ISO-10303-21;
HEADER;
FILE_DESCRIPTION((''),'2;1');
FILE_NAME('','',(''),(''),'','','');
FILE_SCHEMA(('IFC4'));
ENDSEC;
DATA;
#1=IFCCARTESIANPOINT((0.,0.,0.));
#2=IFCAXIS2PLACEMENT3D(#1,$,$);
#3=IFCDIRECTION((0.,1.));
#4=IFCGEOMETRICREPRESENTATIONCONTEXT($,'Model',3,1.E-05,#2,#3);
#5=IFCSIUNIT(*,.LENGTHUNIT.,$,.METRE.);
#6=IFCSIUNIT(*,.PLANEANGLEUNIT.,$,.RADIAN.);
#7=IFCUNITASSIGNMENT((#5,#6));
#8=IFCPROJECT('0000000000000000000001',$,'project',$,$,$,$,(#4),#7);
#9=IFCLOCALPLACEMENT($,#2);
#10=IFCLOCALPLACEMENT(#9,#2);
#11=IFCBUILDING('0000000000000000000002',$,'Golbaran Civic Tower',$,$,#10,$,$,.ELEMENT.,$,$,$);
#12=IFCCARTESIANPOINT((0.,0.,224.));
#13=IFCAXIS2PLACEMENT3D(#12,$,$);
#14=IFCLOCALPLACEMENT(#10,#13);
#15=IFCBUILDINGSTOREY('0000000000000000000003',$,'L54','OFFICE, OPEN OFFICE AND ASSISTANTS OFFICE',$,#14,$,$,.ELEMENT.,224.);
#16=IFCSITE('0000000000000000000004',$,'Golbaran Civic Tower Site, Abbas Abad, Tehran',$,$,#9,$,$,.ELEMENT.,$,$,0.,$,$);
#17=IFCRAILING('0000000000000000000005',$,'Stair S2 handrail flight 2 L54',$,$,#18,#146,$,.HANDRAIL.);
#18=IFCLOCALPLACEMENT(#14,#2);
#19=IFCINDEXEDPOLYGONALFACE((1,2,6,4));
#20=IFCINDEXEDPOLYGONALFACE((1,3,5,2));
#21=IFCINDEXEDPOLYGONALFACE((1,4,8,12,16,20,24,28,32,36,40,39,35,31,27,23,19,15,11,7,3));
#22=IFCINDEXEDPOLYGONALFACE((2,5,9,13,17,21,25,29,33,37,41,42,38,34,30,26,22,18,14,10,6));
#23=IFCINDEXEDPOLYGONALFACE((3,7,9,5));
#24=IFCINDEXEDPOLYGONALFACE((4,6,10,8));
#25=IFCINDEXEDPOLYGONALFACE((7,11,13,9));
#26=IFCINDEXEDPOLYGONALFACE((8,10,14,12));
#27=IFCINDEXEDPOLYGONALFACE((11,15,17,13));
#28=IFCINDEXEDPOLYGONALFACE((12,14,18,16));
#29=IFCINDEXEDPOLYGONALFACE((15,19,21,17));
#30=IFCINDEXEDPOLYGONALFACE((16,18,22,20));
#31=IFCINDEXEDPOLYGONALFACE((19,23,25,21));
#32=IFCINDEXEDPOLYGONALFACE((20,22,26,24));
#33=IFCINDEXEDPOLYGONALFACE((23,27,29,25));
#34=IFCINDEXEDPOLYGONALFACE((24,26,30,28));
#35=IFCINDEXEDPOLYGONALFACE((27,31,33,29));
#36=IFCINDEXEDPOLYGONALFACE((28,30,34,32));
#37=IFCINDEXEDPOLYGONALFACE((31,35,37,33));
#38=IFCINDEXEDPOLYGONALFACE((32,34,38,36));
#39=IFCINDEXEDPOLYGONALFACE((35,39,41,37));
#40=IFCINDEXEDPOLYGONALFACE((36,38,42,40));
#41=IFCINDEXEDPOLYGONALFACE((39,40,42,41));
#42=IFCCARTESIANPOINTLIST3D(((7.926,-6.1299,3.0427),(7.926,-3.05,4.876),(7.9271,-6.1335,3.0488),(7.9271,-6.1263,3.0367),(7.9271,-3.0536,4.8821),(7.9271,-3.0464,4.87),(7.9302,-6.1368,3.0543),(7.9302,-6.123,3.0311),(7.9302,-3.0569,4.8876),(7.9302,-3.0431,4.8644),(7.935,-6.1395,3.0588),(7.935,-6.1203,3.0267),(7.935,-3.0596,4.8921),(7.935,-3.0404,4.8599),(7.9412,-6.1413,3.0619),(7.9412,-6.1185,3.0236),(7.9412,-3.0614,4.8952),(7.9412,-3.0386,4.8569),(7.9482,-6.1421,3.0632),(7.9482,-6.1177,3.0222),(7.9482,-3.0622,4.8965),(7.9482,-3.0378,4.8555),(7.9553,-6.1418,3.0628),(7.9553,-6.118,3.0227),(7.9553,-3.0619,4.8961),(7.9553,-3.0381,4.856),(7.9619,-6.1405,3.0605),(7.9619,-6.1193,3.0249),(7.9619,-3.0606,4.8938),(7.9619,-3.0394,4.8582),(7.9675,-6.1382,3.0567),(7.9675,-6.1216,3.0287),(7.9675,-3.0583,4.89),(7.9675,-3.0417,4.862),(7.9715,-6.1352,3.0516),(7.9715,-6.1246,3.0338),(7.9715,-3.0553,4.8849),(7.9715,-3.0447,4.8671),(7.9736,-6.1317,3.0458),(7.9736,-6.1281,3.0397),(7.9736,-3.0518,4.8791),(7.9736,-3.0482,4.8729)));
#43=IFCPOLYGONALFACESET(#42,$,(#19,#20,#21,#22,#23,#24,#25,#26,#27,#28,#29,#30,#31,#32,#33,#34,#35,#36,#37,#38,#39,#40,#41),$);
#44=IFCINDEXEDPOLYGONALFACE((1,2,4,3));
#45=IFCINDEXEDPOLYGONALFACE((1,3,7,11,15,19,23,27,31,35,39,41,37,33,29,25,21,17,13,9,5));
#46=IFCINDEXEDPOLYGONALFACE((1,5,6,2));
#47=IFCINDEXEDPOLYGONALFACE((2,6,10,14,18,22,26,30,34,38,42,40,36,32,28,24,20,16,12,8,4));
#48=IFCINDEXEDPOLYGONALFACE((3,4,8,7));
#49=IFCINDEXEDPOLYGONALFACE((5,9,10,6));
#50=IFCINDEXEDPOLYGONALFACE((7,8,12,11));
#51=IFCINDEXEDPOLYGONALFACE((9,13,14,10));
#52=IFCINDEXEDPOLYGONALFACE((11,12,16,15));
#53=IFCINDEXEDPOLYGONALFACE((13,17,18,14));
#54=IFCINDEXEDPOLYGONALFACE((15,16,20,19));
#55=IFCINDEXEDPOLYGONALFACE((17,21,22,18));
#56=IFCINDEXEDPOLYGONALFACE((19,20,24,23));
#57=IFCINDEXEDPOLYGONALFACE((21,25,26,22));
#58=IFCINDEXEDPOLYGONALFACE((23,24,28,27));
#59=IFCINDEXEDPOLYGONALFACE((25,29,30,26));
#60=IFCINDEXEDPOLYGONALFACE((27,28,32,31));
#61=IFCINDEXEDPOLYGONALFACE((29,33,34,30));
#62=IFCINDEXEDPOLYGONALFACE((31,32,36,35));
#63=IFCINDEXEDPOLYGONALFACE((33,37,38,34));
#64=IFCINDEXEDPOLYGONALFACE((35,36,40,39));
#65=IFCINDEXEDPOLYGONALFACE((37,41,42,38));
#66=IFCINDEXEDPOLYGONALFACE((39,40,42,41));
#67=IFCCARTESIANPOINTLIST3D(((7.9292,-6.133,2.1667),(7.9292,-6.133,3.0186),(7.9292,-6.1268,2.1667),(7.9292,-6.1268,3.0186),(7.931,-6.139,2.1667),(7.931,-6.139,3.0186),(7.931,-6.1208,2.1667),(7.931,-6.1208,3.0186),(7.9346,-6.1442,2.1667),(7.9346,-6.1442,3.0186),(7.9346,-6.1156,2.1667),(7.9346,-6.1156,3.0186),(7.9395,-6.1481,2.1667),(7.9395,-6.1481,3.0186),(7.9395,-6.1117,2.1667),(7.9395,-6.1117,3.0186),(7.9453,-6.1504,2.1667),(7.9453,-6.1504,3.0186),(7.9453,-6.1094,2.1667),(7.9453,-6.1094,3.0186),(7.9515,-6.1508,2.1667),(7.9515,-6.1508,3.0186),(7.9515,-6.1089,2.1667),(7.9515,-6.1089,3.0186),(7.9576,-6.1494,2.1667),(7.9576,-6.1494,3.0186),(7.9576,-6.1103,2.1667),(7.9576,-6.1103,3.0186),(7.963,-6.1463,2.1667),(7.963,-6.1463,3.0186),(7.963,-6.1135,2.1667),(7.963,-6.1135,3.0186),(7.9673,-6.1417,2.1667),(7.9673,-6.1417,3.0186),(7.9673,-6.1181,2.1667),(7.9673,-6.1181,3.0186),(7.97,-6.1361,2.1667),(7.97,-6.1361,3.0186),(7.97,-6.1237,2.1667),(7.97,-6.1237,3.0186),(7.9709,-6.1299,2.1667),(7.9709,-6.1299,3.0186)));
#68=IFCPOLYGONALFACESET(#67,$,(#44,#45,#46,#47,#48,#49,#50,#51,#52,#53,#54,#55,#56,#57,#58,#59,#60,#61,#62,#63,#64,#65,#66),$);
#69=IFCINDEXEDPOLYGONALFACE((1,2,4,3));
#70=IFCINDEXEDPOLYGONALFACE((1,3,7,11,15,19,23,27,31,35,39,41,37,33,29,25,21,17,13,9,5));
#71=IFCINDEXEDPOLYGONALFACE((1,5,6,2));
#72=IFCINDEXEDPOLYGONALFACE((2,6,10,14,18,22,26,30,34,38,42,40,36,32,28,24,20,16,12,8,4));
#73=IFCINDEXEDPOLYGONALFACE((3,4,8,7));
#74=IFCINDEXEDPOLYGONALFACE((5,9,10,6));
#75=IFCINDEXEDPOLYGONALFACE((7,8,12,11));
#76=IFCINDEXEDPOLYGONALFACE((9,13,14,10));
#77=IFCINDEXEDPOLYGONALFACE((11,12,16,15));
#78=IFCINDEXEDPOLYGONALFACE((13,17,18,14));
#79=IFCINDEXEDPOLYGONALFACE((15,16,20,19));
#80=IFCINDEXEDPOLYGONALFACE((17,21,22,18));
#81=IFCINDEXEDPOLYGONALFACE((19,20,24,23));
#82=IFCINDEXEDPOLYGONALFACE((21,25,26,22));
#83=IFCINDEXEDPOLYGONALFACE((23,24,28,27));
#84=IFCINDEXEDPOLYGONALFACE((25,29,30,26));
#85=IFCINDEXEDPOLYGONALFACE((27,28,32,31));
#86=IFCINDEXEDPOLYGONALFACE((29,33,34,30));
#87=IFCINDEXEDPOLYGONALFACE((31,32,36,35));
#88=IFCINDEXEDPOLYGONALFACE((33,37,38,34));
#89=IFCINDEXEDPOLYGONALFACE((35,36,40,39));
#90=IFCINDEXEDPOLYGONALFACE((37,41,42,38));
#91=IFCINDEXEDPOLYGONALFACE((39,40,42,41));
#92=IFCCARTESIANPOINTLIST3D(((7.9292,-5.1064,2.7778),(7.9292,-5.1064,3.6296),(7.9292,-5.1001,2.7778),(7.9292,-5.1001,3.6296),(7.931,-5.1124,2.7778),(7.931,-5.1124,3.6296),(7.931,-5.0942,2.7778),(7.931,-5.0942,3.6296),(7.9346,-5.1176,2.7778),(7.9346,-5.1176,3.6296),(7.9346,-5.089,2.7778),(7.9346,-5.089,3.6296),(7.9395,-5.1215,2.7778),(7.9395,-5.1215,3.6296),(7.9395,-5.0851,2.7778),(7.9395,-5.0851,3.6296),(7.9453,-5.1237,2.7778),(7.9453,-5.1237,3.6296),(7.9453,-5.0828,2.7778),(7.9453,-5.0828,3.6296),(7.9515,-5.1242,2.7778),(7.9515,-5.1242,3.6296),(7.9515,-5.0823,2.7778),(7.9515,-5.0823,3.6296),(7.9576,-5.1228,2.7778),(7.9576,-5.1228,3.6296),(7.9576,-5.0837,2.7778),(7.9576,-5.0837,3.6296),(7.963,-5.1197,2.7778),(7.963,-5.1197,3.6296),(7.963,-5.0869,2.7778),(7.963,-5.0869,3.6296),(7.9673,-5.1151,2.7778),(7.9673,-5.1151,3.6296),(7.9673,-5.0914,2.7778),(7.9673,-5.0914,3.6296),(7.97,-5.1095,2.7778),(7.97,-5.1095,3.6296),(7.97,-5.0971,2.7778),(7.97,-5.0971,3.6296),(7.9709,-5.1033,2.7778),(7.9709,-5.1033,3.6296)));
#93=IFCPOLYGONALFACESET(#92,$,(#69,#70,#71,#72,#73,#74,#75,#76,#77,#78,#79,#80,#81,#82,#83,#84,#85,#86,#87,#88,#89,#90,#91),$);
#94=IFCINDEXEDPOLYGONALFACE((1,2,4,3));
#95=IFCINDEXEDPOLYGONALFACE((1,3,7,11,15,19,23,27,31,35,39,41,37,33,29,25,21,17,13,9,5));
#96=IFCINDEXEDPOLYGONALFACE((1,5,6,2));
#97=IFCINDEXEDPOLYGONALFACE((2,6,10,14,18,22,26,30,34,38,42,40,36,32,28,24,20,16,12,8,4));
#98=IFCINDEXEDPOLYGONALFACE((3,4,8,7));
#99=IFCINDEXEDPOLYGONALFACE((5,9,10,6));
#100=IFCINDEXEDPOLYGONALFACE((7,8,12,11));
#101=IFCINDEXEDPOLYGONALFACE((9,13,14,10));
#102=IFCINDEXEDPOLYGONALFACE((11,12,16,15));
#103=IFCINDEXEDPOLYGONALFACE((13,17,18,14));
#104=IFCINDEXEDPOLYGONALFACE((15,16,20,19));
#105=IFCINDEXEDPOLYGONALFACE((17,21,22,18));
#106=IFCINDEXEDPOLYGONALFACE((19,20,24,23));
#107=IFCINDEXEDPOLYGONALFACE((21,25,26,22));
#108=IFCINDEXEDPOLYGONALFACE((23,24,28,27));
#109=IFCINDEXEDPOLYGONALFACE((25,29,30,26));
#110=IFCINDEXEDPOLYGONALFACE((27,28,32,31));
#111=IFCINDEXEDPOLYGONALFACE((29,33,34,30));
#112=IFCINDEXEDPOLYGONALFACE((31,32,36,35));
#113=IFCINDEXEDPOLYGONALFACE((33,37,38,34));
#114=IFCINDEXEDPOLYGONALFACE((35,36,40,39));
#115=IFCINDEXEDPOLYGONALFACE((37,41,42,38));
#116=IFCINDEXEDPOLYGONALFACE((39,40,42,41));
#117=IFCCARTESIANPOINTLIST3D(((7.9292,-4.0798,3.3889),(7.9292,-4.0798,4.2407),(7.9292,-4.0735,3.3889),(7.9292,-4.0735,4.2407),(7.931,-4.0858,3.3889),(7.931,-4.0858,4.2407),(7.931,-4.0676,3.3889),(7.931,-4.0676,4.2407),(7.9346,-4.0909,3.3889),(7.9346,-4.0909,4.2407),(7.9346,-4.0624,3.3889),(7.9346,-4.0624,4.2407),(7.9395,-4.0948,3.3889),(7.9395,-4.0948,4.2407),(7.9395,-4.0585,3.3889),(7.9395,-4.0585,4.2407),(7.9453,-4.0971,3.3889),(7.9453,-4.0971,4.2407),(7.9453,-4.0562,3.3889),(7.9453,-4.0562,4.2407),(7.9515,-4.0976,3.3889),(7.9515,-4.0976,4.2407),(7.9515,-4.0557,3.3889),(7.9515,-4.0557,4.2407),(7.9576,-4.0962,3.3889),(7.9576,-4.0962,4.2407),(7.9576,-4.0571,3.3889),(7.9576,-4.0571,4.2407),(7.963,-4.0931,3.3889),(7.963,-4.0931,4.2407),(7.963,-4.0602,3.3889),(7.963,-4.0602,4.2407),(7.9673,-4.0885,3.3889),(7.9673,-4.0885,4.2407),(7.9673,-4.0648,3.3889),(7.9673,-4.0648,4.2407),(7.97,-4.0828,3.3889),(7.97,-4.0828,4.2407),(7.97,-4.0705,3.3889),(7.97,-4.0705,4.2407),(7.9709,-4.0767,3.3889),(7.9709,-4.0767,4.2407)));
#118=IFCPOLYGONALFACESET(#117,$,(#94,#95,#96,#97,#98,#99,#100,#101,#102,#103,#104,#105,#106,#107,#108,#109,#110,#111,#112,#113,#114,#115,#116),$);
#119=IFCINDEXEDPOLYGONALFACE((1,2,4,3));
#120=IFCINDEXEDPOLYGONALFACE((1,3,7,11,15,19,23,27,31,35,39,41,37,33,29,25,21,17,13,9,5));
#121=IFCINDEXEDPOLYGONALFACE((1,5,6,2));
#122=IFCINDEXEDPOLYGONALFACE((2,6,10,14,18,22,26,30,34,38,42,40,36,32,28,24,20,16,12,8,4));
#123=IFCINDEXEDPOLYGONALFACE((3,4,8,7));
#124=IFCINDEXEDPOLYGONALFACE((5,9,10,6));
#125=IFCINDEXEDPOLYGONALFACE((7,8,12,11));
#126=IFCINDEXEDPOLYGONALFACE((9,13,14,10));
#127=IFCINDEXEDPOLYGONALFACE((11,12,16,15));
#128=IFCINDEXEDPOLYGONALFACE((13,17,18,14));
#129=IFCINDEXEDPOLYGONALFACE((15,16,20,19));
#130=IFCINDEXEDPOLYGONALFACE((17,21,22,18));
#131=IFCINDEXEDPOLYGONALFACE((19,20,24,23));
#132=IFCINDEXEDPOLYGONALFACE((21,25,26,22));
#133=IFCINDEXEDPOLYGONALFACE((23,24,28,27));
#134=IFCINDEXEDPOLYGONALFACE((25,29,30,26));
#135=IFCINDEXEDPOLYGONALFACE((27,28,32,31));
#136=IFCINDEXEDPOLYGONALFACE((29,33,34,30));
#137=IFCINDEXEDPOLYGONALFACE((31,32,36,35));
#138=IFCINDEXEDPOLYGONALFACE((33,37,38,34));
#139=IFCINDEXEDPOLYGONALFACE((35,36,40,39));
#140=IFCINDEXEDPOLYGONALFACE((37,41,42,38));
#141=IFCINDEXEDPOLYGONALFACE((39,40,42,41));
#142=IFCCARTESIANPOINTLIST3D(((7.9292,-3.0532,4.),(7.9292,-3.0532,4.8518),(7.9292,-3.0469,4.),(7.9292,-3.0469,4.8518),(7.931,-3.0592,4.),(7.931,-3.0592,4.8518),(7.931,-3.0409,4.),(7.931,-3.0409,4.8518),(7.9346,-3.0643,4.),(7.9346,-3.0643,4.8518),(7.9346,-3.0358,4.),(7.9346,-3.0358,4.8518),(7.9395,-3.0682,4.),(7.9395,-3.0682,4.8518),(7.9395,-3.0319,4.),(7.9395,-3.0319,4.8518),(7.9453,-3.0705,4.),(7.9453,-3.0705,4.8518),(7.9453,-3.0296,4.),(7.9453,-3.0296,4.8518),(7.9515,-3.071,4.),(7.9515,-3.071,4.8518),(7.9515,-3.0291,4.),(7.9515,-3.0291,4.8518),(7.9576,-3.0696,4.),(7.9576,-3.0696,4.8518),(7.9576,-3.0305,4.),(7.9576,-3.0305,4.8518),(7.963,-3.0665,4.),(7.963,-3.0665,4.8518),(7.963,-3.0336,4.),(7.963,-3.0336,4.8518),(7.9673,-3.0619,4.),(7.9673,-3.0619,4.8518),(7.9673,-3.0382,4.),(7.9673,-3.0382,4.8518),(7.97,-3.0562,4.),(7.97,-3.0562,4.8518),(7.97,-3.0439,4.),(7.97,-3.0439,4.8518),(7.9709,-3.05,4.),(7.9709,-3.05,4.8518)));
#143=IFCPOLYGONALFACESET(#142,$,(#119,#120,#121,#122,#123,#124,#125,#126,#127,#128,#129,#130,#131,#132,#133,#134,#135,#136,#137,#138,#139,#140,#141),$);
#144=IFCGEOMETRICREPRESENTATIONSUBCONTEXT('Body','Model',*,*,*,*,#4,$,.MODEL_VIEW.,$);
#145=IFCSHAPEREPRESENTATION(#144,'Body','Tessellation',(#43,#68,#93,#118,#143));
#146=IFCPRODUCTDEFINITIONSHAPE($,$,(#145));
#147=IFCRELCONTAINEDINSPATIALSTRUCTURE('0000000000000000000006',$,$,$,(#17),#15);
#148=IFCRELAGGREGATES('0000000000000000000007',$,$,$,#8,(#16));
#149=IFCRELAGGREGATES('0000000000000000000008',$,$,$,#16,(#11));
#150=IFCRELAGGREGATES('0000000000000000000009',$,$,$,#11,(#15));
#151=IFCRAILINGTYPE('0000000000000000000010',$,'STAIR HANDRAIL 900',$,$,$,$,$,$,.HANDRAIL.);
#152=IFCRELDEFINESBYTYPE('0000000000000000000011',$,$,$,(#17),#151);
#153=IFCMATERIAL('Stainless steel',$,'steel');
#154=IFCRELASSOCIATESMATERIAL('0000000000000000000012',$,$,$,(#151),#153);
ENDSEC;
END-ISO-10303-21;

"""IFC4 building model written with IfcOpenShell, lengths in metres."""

from ifc_helpers import new_model, si_unit, direction, frame, origin, origin_2d, place, context, subcontext, project, spatial, circle, extrude, material, type_object, element, save


model = new_model("IFC4")

# Units and contexts
model_context = context("Model", 3, precision=1e-05, world=origin(), true_north=direction((0.0, 1.0)))
body_context = subcontext(model_context, "Body", "Model", "MODEL_VIEW")
ifc_project = project(units=[si_unit("LENGTHUNIT", "METRE"), si_unit("PLANEANGLEUNIT", "RADIAN")], contexts=[model_context])

# Site, building, storey
site_placement = place(None, origin())
site = spatial("IfcSite", under=ifc_project, at=site_placement, Name="Golbaran Civic Tower Site, Abbas Abad, Tehran", CompositionType="ELEMENT", RefElevation=0.0)
building_placement = place(site_placement, origin())
building = spatial("IfcBuilding", under=site, at=building_placement, Name="Golbaran Civic Tower", CompositionType="ELEMENT")
storey_placement = place(building_placement, frame((0.0, 0.0, 224.0)))
storey = spatial("IfcBuildingStorey", under=building, at=storey_placement, Name="L54", Description="OFFICE, OPEN OFFICE AND ASSISTANTS OFFICE", CompositionType="ELEMENT", Elevation=224.0)

# Shared definitions
ifc_material_1 = material(Name="Stainless steel", Category="steel")

# Railing
railing_type = type_object("IfcRailingType", Name="STAIR HANDRAIL 900", PredefinedType="HANDRAIL", material=ifc_material_1)
railing_placement = place(storey_placement, frame((7.95, -6.1299, 2.1667)))
element("IfcRailing", 1, at=railing_placement, inside=storey, type_object=railing_type, Name="Stair S2 handrail flight 2 L54", PredefinedType="HANDRAIL", context=body_context, shape_type="SweptSolid", body=[
    extrude(circle(Radius=0.0239, at=origin_2d()), frame((0.0, 0.0, 0.876), z_axis=(0.0, 0.859291, 0.511487), x_axis=(-1.0, 0.0, 0.0)), (0.0, 0.0, 1.0), 3.5842),
    extrude(circle(Radius=0.021, at=origin_2d()), origin(), (0.0, 0.0, 1.0), 0.8518),
    extrude(circle(Radius=0.021, at=origin_2d()), frame((0.0, 1.0266, 0.6111)), (0.0, 0.0, 1.0), 0.8518),
    extrude(circle(Radius=0.021, at=origin_2d()), frame((0.0, 2.0532, 1.2222)), (0.0, 0.0, 1.0), 0.8518),
    extrude(circle(Radius=0.021, at=origin_2d()), frame((0.0, 3.0798, 1.8333)), (0.0, 0.0, 1.0), 0.8518),
])

save(model, "model.ifc")
